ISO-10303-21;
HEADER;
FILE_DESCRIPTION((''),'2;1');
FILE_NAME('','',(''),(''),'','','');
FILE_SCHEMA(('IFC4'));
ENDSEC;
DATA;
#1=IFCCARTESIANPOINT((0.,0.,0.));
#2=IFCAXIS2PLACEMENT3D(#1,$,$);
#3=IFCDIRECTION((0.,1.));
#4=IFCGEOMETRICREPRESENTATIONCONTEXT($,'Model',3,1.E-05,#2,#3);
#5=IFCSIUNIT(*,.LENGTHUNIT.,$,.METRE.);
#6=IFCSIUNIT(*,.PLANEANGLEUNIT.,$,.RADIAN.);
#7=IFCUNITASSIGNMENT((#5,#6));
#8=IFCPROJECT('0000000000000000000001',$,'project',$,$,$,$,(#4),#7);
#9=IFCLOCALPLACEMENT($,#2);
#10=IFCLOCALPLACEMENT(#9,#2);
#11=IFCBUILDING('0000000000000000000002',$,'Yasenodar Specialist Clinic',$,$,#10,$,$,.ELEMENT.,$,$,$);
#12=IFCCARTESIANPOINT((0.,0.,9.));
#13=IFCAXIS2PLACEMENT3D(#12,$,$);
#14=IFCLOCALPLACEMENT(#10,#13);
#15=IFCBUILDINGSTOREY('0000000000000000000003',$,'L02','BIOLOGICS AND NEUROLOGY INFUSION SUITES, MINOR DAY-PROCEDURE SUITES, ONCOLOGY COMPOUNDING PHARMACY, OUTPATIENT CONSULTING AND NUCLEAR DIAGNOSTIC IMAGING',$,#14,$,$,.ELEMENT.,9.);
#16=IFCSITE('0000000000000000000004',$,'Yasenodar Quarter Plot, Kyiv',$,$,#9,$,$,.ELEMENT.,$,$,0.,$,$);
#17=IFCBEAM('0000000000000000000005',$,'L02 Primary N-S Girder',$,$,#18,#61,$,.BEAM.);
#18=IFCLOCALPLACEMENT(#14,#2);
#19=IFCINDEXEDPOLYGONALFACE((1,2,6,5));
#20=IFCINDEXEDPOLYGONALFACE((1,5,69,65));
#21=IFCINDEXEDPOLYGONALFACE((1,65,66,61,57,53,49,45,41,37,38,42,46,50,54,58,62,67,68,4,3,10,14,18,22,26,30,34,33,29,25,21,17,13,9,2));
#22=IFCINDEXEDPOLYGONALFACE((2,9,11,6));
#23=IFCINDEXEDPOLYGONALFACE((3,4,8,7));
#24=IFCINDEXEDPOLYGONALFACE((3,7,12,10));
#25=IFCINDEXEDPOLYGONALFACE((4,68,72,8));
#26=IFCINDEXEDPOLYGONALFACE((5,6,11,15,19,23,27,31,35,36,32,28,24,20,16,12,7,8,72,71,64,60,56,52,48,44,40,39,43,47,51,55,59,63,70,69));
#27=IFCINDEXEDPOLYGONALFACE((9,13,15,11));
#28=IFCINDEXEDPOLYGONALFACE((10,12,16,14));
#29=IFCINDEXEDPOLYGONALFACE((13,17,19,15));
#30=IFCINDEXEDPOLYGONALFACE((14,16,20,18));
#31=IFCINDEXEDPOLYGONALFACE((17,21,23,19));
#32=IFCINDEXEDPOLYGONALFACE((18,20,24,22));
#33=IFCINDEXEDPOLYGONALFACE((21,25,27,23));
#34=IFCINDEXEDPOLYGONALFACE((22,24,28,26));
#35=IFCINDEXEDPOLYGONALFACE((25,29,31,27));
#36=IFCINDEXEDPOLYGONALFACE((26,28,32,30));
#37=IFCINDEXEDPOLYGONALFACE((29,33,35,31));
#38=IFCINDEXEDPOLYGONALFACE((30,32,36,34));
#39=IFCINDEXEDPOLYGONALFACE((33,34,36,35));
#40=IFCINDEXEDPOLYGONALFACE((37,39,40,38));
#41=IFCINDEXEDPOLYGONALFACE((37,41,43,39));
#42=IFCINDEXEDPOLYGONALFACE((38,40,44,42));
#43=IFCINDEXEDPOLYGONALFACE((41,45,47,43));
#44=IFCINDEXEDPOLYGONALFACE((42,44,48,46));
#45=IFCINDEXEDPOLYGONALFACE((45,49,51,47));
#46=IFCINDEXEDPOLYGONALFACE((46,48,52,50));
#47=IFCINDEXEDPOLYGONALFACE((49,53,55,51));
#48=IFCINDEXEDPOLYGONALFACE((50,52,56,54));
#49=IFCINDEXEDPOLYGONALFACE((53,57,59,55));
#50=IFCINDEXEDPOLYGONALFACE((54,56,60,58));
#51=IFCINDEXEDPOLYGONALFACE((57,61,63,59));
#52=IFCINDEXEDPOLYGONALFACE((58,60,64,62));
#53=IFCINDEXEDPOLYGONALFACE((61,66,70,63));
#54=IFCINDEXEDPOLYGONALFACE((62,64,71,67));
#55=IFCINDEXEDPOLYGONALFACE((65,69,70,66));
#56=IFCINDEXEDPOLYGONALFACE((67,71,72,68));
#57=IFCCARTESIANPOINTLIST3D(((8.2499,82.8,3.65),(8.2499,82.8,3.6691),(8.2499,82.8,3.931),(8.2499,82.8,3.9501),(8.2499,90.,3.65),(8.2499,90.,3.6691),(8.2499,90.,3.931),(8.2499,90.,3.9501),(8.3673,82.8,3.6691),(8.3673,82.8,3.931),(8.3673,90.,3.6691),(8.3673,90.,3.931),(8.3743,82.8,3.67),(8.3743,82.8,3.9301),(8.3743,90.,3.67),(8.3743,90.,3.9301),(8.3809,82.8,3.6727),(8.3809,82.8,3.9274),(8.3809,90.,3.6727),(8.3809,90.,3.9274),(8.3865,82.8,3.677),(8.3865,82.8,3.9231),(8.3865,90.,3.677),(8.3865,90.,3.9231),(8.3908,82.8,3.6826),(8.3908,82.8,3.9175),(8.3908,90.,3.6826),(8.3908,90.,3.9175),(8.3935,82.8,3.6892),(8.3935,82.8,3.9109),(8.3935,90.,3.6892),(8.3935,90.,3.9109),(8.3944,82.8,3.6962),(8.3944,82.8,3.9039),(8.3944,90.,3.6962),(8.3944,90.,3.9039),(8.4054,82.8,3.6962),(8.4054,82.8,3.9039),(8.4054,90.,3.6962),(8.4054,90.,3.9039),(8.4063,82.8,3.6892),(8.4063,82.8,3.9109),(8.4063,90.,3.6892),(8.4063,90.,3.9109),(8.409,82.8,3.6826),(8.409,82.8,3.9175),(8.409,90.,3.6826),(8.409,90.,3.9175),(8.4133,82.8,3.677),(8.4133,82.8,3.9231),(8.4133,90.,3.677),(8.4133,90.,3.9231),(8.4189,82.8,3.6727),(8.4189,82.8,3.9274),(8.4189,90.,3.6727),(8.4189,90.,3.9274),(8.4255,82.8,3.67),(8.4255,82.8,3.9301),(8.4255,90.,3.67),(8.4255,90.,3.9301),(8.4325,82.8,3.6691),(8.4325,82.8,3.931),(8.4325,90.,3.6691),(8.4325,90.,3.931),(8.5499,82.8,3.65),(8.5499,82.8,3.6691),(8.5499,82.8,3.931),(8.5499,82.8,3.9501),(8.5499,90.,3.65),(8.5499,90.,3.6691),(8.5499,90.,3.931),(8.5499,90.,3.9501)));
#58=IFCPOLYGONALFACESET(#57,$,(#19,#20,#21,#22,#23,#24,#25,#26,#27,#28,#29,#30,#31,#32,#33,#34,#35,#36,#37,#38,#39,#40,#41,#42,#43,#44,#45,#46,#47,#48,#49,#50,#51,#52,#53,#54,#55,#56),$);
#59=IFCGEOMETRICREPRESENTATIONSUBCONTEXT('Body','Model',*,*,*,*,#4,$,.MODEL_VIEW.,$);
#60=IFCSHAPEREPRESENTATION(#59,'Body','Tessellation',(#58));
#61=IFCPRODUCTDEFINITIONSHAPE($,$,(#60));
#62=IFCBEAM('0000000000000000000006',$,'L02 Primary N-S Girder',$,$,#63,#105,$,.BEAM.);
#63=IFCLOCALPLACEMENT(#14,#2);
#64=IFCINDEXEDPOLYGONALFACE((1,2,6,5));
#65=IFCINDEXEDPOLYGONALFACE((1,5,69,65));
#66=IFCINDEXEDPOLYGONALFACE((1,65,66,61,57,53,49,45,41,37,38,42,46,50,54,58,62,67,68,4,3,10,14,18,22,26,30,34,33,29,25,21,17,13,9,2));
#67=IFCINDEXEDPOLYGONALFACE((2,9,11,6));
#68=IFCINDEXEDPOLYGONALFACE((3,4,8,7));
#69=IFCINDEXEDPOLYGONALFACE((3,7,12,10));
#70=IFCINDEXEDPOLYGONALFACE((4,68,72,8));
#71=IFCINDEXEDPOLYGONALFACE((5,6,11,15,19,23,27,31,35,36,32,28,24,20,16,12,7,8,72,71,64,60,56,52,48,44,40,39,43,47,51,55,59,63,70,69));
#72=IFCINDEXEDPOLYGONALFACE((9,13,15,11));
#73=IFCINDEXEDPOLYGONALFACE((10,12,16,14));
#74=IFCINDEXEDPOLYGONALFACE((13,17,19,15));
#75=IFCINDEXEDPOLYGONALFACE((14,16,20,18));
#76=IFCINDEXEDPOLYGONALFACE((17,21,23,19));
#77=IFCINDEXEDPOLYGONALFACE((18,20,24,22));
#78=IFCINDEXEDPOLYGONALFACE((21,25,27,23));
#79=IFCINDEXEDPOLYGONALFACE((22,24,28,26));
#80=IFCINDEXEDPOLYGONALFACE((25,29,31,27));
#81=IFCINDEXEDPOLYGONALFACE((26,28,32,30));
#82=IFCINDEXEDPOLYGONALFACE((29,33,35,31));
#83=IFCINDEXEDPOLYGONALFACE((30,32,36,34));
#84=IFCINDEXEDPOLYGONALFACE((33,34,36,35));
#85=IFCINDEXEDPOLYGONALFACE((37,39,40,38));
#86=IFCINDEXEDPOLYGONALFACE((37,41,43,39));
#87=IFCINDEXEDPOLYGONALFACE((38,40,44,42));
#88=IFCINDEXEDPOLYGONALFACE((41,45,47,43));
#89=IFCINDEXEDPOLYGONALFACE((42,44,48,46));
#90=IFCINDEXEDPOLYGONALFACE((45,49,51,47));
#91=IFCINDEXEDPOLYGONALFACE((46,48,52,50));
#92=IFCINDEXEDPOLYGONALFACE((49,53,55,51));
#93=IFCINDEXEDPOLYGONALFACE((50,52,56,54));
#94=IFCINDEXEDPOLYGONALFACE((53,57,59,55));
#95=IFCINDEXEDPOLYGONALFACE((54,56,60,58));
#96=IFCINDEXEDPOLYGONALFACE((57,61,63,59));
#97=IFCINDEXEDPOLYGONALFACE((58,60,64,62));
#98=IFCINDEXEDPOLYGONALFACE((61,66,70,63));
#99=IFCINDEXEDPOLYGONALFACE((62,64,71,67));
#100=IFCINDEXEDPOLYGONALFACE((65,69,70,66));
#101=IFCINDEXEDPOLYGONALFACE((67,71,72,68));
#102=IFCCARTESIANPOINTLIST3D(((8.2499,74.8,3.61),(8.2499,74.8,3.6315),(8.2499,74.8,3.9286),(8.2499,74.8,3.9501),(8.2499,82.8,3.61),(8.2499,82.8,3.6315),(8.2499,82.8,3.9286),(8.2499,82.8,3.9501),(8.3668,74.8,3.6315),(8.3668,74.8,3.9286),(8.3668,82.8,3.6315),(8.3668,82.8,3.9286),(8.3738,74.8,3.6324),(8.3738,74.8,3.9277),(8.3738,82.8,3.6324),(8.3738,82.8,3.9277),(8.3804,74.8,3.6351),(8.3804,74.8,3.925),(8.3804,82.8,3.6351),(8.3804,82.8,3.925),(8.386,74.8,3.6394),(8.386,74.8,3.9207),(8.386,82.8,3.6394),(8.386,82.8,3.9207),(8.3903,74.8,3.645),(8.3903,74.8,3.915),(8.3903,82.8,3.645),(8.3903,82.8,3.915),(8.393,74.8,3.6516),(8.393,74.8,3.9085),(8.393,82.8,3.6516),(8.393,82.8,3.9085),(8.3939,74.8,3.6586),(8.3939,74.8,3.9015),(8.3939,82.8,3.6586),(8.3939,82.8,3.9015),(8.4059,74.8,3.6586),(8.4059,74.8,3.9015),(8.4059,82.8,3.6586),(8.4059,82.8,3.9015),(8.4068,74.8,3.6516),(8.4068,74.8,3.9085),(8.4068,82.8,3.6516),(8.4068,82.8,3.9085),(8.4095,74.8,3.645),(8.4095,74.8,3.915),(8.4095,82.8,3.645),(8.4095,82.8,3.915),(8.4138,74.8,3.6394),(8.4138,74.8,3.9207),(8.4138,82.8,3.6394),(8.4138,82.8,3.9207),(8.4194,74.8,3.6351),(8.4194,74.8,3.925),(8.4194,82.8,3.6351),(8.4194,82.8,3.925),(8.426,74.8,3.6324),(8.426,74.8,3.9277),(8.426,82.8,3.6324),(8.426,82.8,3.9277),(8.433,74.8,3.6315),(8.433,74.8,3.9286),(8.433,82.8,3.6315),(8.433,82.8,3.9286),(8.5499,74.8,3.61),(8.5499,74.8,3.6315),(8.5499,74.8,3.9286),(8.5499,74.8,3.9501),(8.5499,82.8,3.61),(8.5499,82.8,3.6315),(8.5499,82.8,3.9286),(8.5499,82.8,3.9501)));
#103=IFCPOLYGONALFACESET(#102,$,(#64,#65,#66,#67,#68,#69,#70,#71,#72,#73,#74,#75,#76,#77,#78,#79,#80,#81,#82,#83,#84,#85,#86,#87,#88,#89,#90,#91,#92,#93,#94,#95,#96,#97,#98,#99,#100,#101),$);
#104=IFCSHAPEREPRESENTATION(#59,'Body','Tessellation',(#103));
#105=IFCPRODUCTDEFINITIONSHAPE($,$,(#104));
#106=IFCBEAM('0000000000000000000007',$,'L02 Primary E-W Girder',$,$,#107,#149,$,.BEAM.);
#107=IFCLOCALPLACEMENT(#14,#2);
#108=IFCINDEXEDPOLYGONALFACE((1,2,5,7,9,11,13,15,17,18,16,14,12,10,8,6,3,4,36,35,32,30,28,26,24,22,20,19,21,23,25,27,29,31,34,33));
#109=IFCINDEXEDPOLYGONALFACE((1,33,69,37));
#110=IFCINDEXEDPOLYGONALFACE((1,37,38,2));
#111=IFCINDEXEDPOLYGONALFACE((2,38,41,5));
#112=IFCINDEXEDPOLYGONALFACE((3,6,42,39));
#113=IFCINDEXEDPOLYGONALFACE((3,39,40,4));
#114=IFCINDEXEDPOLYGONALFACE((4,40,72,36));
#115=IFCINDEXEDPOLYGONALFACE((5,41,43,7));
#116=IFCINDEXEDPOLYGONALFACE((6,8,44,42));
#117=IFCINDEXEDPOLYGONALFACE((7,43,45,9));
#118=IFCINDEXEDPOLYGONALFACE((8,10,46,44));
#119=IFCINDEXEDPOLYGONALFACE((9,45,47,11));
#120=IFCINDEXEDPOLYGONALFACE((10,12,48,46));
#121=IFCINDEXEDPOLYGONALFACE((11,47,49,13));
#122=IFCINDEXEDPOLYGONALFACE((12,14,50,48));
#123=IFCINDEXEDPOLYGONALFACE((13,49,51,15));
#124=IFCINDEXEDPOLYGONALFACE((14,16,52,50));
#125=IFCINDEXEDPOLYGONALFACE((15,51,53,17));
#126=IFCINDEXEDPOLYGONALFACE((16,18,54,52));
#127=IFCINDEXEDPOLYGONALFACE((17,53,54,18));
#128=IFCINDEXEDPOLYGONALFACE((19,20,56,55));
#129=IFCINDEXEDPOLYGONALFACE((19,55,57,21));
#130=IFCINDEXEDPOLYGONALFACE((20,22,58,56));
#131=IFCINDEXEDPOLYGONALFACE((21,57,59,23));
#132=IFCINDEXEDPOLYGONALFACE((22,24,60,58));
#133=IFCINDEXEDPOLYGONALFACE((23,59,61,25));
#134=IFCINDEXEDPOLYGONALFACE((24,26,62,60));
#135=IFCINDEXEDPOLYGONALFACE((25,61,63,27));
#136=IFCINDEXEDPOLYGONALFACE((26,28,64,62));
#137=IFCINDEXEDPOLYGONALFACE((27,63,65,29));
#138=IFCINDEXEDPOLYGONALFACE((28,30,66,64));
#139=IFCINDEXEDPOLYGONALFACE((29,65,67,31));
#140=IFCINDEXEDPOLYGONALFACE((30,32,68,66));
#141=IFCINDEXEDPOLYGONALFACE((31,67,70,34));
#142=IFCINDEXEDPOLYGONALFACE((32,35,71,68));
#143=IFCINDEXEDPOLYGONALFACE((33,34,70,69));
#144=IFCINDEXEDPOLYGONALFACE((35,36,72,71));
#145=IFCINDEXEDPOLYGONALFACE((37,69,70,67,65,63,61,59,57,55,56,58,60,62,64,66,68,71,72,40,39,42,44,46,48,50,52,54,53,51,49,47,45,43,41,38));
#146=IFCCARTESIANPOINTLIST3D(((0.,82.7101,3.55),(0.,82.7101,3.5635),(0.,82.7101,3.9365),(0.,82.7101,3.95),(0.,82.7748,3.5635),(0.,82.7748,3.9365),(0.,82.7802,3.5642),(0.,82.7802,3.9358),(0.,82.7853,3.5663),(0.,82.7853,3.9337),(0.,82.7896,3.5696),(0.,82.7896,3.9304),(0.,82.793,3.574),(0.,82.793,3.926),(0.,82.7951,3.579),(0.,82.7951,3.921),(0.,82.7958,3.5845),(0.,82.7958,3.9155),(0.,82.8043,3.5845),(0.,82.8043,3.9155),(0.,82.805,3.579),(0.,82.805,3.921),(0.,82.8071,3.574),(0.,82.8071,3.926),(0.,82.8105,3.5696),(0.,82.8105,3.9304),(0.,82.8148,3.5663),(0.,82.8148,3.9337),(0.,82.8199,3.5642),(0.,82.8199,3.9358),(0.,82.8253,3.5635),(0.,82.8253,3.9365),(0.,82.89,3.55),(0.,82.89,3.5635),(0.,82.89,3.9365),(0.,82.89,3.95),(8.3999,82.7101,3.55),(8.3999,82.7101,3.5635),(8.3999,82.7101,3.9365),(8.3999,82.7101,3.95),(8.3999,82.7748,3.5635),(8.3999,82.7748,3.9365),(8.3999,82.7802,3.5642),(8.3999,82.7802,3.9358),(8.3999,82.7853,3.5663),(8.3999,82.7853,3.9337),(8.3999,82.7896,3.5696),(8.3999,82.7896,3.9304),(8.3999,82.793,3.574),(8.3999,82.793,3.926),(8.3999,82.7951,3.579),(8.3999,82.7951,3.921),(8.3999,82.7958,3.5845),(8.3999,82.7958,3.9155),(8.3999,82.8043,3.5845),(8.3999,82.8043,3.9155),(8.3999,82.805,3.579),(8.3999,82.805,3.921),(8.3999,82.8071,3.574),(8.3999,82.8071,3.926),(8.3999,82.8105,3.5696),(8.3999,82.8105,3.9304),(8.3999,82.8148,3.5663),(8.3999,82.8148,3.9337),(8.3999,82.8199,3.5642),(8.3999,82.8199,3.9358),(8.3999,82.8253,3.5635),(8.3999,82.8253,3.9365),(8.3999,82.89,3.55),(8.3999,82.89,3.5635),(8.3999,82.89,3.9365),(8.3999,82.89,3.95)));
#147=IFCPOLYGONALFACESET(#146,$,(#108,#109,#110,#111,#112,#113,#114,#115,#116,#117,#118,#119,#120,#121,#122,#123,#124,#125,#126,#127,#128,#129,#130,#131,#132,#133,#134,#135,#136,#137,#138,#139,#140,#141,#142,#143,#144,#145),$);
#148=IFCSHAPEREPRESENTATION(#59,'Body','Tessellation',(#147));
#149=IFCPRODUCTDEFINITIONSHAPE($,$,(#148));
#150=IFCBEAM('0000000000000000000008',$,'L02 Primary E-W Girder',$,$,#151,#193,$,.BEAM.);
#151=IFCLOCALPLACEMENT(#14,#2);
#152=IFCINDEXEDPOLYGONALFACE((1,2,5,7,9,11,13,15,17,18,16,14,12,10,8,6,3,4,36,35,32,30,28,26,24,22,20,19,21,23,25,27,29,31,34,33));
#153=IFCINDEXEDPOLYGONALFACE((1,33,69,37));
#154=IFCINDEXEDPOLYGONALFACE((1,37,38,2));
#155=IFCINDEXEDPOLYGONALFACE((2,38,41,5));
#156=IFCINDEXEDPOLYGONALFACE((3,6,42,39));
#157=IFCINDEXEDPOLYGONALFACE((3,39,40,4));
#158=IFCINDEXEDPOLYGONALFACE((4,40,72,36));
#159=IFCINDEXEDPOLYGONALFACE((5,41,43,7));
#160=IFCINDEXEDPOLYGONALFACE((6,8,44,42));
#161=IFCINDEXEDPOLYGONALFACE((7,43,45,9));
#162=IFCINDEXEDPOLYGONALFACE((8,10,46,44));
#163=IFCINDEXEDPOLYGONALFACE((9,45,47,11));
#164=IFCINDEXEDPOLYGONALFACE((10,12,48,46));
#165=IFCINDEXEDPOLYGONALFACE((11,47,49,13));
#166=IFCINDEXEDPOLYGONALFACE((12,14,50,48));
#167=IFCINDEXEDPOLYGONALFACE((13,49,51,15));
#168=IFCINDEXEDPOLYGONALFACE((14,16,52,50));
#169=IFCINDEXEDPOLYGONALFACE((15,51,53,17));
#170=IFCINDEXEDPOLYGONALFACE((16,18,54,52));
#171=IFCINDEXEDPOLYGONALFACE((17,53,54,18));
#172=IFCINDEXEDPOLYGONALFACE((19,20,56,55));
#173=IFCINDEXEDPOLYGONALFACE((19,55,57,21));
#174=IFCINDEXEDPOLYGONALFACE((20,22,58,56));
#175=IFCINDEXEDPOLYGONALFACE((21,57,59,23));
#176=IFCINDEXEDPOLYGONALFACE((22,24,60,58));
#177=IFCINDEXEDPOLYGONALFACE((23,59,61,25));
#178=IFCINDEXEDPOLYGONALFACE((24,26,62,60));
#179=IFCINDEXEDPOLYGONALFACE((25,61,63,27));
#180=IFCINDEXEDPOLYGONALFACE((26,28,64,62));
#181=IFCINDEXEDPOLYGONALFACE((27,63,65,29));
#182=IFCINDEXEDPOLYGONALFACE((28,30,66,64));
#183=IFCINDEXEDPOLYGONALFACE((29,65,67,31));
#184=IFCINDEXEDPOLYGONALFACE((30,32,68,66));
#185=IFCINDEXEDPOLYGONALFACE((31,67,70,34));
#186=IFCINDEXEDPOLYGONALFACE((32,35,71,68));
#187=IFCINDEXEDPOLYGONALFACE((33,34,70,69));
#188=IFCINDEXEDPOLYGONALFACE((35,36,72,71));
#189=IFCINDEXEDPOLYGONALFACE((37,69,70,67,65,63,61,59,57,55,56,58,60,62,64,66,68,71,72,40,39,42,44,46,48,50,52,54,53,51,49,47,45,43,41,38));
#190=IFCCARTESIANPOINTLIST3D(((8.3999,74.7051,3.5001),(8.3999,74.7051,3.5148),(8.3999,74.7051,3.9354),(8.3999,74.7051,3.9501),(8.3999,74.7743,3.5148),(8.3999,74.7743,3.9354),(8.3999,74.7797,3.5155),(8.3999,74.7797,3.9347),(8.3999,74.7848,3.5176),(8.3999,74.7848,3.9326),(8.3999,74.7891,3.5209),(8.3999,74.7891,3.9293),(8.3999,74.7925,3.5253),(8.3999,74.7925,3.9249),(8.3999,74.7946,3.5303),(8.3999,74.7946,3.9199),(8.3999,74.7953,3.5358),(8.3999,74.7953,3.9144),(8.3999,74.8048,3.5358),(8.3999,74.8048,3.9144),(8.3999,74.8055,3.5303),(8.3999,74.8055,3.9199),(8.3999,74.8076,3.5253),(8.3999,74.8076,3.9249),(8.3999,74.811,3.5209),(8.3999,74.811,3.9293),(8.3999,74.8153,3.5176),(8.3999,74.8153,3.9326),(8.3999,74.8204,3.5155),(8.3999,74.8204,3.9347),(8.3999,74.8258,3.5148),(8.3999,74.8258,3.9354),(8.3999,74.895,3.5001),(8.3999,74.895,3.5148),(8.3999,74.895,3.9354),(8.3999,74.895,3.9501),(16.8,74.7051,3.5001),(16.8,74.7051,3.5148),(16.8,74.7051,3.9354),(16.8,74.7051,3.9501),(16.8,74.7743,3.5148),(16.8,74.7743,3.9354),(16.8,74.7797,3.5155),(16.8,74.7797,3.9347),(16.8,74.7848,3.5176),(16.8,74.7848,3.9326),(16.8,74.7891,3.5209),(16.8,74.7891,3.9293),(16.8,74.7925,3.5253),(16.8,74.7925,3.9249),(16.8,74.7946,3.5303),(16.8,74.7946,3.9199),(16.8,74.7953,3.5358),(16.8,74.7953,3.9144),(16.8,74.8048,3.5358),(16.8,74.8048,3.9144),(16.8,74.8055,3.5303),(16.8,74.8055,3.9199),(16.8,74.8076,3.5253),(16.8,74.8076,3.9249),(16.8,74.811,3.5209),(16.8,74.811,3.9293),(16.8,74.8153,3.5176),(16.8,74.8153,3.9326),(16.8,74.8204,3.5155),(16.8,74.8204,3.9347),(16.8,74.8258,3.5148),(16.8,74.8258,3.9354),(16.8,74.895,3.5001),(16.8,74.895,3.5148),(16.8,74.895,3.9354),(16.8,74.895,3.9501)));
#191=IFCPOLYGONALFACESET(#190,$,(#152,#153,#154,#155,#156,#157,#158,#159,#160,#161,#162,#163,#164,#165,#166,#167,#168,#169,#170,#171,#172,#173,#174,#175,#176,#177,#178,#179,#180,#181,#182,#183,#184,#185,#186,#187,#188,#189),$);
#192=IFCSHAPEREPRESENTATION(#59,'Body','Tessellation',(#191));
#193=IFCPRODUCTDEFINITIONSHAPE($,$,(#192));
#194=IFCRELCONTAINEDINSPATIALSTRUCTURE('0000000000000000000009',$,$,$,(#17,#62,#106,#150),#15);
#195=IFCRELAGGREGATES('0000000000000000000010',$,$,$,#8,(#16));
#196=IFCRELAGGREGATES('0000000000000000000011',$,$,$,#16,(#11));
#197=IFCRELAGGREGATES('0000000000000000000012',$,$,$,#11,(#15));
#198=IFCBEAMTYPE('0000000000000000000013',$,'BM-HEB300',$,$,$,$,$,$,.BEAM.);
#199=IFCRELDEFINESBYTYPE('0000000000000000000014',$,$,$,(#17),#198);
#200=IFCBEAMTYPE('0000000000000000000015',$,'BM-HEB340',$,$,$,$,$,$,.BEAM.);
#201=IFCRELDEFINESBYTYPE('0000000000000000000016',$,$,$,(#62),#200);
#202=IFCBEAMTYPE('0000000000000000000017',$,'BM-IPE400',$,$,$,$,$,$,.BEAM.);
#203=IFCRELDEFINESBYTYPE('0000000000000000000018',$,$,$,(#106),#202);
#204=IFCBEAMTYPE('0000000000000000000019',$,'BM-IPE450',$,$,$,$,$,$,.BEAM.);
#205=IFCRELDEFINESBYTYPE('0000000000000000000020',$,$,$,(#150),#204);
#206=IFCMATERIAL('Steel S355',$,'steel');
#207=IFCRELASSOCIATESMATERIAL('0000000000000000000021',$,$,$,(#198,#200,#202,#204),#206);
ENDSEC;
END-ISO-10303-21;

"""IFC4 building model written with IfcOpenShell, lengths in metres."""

from ifc_helpers import new_model, si_unit, direction, frame, origin, origin_2d, place, context, subcontext, project, spatial, i_section, extrude, material, material_profile, profile_set, type_object, element, save


model = new_model("IFC4")

# Units and contexts
model_context = context("Model", 3, precision=1e-05, world=origin(), true_north=direction((0.0, 1.0)))
body_context = subcontext(model_context, "Body", "Model", "MODEL_VIEW")
ifc_project = project(units=[si_unit("LENGTHUNIT", "METRE"), si_unit("PLANEANGLEUNIT", "RADIAN")], contexts=[model_context])

# Site, building, storey
site_placement = place(None, origin())
site = spatial("IfcSite", under=ifc_project, at=site_placement, Name="Yasenodar Quarter Plot, Kyiv", CompositionType="ELEMENT", RefElevation=0.0)
building_placement = place(site_placement, origin())
building = spatial("IfcBuilding", under=site, at=building_placement, Name="Yasenodar Specialist Clinic", CompositionType="ELEMENT")
storey_placement = place(building_placement, frame((0.0, 0.0, 9.0)))
storey = spatial("IfcBuildingStorey", under=building, at=storey_placement, Name="L02", Description="BIOLOGICS AND NEUROLOGY INFUSION SUITES, MINOR DAY-PROCEDURE SUITES, ONCOLOGY COMPOUNDING PHARMACY, OUTPATIENT CONSULTING AND NUCLEAR DIAGNOSTIC IMAGING", CompositionType="ELEMENT", Elevation=9.0)

# Shared definitions
ifc_material_1 = material(Name="Steel S355", Category="steel")

# Beams
ifc_material_profile_1 = material_profile(ifc_material_1, i_section(OverallWidth=0.3, OverallDepth=0.3, WebThickness=0.011, FlangeThickness=0.019, FilletRadius=0.0271, at=origin_2d()), Name="HEB 300")
ifc_profile_set_1 = profile_set([ifc_material_profile_1], Name="Steel S355")
beam_type_1 = type_object("IfcBeamType", Name="BM-HEB300", PredefinedType="BEAM", material=ifc_profile_set_1)
beam_1_placement = place(storey_placement, frame((8.3999, 82.8, 3.8), z_axis=(0.0, 1.0, 0.0), x_axis=(-1.0, 0.0, 0.0)))
element("IfcBeam", 1, at=beam_1_placement, inside=storey, type_object=beam_type_1, Name="L02 Primary N-S Girder", PredefinedType="BEAM", context=body_context, shape_type="SweptSolid", body=[
    extrude(i_section(OverallWidth=0.3, OverallDepth=0.3, WebThickness=0.011, FlangeThickness=0.019, FilletRadius=0.0271, at=origin_2d()), origin(), (0.0, 0.0, 1.0), 7.2),
])
ifc_material_profile_2 = material_profile(ifc_material_1, i_section(OverallWidth=0.3, OverallDepth=0.3401, WebThickness=0.012, FlangeThickness=0.0215, FilletRadius=0.0271, at=origin_2d()), Name="HEB 340")
ifc_profile_set_2 = profile_set([ifc_material_profile_2], Name="Steel S355")
beam_type_2 = type_object("IfcBeamType", Name="BM-HEB340", PredefinedType="BEAM", material=ifc_profile_set_2)
beam_2_placement = place(storey_placement, frame((8.3999, 74.8, 3.78), z_axis=(0.0, 1.0, 0.0), x_axis=(-1.0, 0.0, 0.0)))
element("IfcBeam", 2, at=beam_2_placement, inside=storey, type_object=beam_type_2, Name="L02 Primary N-S Girder", PredefinedType="BEAM", context=body_context, shape_type="SweptSolid", body=[
    extrude(i_section(OverallWidth=0.3, OverallDepth=0.3401, WebThickness=0.012, FlangeThickness=0.0215, FilletRadius=0.0271, at=origin_2d()), origin(), (0.0, 0.0, 1.0), 8.0),
])
ifc_material_profile_3 = material_profile(ifc_material_1, i_section(OverallWidth=0.1799, OverallDepth=0.3999, WebThickness=0.0085, FlangeThickness=0.0134, FilletRadius=0.021, at=origin_2d()), Name="IPE 400")
ifc_profile_set_3 = profile_set([ifc_material_profile_3], Name="Steel S355")
beam_type_3 = type_object("IfcBeamType", Name="BM-IPE400", PredefinedType="BEAM", material=ifc_profile_set_3)
beam_3_placement = place(storey_placement, frame((0.0, 82.8, 3.75), z_axis=(1.0, 0.0, 0.0), x_axis=(0.0, 1.0, 0.0)))
element("IfcBeam", 3, at=beam_3_placement, inside=storey, type_object=beam_type_3, Name="L02 Primary E-W Girder", PredefinedType="BEAM", context=body_context, shape_type="SweptSolid", body=[
    extrude(i_section(OverallWidth=0.1799, OverallDepth=0.3999, WebThickness=0.0085, FlangeThickness=0.0134, FilletRadius=0.021, at=origin_2d()), origin(), (0.0, 0.0, 1.0), 8.3999),
])
ifc_material_profile_4 = material_profile(ifc_material_1, i_section(OverallWidth=0.1899, OverallDepth=0.45, WebThickness=0.0095, FlangeThickness=0.0146, FilletRadius=0.021, at=origin_2d()), Name="IPE 450")
ifc_profile_set_4 = profile_set([ifc_material_profile_4], Name="Steel S355")
beam_type_4 = type_object("IfcBeamType", Name="BM-IPE450", PredefinedType="BEAM", material=ifc_profile_set_4)
beam_4_placement = place(storey_placement, frame((8.3999, 74.8, 3.7251), z_axis=(1.0, 0.0, 0.0), x_axis=(0.0, 1.0, 0.0)))
element("IfcBeam", 4, at=beam_4_placement, inside=storey, type_object=beam_type_4, Name="L02 Primary E-W Girder", PredefinedType="BEAM", context=body_context, shape_type="SweptSolid", body=[
    extrude(i_section(OverallWidth=0.1899, OverallDepth=0.45, WebThickness=0.0095, FlangeThickness=0.0146, FilletRadius=0.021, at=origin_2d()), origin(), (0.0, 0.0, 1.0), 8.4001),
])

save(model, "model.ifc")
